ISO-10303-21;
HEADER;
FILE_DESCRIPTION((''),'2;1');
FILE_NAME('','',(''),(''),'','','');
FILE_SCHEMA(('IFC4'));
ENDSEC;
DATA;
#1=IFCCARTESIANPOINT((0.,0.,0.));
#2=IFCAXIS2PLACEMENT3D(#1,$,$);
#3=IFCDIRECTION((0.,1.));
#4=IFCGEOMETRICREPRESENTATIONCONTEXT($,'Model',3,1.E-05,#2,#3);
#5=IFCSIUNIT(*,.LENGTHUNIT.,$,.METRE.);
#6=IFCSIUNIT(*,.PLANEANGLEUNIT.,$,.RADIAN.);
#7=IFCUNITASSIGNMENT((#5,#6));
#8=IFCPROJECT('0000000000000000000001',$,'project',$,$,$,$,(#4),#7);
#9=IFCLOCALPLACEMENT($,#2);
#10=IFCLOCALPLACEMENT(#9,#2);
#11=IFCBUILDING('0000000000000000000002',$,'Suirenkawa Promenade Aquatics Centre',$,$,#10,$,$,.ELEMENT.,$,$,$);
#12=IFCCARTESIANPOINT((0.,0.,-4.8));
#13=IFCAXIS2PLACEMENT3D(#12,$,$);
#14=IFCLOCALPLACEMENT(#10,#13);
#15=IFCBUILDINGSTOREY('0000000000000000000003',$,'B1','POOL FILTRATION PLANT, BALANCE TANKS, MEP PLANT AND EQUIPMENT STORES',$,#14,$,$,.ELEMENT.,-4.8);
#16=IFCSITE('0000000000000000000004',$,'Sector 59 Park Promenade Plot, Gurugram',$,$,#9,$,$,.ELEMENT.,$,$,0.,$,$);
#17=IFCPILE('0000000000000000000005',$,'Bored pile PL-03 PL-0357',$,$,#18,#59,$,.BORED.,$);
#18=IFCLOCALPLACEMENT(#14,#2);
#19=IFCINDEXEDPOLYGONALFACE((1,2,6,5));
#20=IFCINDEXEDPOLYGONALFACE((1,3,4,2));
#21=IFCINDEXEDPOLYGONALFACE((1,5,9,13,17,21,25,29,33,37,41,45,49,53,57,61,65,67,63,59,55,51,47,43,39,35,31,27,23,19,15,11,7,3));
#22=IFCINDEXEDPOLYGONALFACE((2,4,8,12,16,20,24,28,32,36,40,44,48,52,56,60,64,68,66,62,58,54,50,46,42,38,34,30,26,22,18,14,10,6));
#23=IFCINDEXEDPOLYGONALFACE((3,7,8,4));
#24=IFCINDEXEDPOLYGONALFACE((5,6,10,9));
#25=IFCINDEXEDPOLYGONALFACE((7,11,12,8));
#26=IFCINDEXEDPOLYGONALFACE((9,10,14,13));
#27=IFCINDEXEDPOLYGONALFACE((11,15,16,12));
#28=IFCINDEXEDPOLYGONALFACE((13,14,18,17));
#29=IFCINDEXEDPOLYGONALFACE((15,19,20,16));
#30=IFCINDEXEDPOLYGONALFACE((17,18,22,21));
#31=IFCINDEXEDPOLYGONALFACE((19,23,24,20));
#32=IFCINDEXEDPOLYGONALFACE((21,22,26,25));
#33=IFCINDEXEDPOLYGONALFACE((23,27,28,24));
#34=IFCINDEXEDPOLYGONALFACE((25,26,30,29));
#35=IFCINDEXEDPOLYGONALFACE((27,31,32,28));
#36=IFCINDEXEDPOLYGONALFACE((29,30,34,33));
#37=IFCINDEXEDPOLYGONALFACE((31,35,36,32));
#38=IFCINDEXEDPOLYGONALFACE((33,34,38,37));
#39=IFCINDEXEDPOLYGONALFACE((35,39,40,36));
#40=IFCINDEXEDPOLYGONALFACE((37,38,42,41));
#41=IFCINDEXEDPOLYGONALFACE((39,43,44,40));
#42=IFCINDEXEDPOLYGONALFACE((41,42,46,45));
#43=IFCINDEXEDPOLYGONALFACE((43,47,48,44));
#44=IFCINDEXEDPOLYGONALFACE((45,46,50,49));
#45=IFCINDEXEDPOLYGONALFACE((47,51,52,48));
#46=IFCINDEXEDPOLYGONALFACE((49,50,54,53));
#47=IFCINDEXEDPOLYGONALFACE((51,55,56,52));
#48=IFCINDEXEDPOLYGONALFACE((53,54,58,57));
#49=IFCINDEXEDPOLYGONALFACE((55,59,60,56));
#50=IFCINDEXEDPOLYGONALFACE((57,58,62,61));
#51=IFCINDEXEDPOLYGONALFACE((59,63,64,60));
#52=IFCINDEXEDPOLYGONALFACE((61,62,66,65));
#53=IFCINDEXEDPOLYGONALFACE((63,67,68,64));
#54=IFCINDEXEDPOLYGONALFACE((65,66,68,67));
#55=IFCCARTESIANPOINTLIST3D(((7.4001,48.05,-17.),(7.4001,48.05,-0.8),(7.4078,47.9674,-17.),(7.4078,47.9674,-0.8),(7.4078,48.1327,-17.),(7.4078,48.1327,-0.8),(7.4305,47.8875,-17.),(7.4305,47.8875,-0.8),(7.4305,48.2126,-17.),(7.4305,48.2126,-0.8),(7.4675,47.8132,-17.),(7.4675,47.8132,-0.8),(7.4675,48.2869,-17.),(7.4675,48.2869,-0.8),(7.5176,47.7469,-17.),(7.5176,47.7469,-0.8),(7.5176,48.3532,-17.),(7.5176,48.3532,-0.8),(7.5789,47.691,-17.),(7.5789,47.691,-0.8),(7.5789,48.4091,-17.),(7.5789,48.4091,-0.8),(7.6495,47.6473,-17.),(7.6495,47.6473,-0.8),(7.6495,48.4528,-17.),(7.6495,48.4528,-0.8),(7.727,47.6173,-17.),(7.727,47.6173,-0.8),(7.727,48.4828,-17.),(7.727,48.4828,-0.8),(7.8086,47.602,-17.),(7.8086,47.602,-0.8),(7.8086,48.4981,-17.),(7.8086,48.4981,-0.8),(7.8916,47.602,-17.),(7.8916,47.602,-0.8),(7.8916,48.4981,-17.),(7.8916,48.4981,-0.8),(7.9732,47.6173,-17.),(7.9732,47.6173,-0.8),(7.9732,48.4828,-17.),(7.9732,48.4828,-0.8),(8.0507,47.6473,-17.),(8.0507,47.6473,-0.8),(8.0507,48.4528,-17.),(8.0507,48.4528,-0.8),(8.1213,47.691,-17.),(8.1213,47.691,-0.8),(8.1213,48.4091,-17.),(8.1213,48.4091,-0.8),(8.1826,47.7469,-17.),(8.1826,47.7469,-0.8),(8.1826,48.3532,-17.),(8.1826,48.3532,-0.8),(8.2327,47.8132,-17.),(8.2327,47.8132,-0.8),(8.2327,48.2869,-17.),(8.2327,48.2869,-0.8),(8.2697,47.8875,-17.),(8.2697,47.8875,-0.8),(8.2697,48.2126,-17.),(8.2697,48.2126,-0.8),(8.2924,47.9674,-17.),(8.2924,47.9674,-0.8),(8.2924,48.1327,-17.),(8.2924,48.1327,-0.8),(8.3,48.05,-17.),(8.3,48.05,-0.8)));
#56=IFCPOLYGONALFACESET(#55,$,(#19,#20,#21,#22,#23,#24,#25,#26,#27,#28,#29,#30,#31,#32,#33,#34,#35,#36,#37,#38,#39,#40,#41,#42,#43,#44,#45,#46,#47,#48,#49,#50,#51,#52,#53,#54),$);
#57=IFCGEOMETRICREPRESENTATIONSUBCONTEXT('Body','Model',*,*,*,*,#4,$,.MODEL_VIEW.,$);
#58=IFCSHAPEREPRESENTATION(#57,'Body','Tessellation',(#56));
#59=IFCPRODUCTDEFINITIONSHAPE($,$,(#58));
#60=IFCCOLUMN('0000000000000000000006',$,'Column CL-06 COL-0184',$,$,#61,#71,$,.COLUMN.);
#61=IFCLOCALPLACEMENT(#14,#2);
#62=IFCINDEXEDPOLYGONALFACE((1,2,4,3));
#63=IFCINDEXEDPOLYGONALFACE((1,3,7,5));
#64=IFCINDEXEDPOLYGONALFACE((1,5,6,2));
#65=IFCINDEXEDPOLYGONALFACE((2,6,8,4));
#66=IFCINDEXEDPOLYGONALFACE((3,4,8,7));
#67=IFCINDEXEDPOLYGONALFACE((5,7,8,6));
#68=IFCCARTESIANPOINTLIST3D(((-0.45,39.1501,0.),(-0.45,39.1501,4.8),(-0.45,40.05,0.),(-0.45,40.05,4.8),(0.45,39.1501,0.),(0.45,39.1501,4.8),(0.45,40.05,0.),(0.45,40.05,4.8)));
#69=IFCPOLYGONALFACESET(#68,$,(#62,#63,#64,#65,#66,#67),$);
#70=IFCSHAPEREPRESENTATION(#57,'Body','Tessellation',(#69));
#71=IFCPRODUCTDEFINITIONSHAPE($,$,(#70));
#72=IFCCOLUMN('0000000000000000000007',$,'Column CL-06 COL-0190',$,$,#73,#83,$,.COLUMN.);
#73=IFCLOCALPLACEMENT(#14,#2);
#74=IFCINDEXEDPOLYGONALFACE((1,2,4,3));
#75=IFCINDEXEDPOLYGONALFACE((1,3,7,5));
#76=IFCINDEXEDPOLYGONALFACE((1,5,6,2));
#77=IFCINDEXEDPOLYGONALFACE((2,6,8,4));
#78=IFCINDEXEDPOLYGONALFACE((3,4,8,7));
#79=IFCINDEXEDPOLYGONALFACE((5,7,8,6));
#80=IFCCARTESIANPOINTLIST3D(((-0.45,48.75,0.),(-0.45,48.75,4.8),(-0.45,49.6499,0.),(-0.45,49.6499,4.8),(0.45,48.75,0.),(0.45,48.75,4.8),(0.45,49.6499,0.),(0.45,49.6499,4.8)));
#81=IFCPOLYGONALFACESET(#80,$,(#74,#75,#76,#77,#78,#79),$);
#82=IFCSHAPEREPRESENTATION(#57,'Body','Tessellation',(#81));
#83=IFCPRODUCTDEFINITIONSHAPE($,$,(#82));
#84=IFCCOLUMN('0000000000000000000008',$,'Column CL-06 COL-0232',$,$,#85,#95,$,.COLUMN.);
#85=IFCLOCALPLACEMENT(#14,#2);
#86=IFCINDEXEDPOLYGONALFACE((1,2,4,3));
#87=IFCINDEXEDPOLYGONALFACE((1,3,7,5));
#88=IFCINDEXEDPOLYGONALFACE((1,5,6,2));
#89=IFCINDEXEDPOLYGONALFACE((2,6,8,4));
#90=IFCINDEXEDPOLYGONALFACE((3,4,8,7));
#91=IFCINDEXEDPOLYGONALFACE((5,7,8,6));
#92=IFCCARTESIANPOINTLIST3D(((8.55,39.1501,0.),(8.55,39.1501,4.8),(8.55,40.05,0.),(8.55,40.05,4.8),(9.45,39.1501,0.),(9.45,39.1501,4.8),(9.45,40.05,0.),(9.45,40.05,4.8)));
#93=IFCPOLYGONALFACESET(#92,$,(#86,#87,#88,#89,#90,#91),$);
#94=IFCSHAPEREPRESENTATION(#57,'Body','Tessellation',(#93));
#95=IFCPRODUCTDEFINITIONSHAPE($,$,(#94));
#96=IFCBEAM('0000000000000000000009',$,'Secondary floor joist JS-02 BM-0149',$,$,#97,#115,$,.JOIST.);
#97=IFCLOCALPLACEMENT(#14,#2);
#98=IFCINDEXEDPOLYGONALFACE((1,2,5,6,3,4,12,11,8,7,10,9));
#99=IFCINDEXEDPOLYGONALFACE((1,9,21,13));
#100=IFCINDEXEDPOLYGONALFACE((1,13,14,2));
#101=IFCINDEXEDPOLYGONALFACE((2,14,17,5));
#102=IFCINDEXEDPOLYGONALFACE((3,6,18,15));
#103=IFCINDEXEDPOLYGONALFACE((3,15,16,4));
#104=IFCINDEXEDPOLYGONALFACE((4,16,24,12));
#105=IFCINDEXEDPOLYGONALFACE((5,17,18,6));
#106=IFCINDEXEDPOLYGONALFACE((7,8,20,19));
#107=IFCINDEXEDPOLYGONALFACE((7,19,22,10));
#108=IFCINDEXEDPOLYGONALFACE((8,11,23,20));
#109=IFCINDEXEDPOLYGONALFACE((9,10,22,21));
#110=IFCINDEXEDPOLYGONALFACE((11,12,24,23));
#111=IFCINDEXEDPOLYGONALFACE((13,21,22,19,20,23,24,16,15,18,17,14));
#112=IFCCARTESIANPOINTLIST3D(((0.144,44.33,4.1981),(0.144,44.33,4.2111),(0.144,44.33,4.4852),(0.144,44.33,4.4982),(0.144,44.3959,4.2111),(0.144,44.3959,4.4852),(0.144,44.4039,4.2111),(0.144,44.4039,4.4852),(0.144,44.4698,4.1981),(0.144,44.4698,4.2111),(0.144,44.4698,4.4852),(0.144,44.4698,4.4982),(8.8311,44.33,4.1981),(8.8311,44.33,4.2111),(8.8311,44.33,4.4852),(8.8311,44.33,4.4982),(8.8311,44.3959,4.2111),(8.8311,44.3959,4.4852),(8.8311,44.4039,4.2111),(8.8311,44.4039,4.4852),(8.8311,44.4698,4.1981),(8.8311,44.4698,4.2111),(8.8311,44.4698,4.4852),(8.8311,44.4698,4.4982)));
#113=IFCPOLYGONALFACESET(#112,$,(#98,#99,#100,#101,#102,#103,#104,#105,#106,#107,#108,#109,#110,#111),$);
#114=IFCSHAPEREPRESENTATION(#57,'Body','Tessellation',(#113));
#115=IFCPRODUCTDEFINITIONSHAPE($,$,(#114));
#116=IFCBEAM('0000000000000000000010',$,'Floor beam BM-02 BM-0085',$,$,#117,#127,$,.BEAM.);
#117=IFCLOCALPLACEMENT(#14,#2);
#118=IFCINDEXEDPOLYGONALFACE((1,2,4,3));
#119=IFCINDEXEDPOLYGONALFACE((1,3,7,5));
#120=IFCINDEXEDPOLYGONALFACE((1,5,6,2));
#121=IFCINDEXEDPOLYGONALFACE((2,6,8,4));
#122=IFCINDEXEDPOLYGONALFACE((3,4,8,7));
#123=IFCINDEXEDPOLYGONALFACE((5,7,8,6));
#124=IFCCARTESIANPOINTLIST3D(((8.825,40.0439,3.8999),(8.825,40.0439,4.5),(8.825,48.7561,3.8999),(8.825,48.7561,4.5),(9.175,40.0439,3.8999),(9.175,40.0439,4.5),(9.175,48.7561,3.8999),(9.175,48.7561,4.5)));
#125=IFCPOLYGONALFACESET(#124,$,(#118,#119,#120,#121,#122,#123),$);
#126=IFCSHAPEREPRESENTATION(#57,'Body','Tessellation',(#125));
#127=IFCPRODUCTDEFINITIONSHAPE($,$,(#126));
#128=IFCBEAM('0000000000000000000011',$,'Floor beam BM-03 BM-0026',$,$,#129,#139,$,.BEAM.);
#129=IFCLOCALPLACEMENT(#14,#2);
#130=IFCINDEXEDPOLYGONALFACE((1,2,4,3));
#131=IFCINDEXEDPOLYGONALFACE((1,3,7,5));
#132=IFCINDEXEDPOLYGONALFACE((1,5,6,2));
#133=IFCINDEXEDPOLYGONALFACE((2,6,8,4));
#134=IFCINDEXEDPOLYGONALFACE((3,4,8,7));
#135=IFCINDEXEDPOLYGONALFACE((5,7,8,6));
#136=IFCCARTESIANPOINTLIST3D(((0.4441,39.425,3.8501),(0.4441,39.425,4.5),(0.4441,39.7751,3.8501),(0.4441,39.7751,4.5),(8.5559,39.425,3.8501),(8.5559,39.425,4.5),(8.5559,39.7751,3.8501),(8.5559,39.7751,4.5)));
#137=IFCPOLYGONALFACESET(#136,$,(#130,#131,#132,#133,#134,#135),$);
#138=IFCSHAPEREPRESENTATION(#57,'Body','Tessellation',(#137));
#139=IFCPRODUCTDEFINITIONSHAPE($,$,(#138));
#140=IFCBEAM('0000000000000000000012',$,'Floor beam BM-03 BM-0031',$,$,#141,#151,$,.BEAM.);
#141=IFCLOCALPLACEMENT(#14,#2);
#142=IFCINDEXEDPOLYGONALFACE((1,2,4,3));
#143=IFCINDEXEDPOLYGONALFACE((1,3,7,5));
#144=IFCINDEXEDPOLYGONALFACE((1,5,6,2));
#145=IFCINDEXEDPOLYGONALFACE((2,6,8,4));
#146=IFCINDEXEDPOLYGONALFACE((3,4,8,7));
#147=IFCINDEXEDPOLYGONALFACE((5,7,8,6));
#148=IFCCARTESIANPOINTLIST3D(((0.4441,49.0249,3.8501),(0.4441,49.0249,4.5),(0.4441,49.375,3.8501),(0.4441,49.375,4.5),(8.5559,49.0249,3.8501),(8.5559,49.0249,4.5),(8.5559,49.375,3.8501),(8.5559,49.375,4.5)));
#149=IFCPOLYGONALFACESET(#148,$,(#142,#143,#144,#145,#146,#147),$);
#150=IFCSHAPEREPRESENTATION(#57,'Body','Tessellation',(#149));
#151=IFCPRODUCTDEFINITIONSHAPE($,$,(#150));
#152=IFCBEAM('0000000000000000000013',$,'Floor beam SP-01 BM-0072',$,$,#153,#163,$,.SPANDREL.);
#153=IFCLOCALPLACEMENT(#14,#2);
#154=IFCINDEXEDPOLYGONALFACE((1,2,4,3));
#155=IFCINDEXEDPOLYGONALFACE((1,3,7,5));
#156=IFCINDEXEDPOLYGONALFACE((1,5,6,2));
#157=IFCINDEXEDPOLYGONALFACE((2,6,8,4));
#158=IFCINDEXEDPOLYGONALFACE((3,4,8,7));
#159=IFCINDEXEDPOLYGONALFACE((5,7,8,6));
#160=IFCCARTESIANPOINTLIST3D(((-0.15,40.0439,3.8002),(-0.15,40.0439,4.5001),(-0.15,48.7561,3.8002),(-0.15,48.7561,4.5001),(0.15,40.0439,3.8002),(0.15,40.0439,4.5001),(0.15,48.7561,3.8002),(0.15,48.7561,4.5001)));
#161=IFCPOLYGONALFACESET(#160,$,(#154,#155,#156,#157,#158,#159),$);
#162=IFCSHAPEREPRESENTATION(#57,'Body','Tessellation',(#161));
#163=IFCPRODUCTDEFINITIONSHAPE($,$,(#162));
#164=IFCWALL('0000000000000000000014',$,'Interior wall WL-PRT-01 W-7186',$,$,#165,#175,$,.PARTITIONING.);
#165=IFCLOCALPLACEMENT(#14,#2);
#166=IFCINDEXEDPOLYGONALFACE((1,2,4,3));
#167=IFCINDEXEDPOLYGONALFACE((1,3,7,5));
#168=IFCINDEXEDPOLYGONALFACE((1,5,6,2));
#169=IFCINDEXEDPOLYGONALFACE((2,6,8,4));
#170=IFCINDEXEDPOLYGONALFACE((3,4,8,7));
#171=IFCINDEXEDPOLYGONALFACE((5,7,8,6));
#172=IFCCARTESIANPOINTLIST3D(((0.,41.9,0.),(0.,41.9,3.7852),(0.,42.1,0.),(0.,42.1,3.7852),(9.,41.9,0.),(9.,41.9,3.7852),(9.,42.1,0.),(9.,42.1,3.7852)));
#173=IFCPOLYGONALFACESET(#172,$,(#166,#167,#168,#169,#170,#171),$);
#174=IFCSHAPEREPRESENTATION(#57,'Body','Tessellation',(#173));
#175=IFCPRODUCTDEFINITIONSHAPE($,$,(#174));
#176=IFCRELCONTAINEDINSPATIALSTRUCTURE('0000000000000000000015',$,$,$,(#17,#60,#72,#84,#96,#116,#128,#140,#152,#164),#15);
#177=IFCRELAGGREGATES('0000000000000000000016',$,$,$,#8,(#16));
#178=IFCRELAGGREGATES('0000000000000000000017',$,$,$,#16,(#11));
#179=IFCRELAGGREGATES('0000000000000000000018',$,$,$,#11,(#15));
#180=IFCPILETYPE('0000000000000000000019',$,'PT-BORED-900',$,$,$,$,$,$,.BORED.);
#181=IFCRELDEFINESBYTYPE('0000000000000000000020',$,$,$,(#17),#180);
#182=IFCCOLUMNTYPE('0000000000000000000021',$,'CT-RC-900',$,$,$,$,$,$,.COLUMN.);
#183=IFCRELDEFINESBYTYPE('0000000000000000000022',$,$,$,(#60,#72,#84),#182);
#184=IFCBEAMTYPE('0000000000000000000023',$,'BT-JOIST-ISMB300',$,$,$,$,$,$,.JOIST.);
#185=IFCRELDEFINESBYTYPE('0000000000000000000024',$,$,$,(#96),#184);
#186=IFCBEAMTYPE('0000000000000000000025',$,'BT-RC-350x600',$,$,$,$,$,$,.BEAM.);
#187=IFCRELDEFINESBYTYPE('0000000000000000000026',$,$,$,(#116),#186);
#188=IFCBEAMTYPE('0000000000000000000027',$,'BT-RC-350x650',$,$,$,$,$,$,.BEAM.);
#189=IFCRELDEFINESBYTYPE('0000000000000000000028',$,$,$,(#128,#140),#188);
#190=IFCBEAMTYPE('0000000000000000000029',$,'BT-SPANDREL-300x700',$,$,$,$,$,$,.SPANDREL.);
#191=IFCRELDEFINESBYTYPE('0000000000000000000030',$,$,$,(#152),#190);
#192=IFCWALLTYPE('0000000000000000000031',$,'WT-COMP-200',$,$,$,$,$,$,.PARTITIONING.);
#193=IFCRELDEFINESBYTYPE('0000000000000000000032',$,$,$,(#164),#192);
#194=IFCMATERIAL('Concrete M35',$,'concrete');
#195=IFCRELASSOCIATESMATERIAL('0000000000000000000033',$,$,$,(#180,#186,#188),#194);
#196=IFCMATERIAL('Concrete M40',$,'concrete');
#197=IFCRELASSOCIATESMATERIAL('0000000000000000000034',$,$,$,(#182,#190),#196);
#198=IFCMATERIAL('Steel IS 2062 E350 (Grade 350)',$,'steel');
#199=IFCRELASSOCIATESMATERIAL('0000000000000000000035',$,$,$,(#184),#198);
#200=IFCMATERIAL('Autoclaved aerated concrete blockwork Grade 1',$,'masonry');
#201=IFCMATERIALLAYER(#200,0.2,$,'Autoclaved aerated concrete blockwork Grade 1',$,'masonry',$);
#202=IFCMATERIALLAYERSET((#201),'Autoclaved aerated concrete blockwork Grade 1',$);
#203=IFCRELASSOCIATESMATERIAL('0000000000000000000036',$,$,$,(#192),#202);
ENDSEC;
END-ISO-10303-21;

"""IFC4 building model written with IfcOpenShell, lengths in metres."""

from ifc_helpers import new_model, si_unit, direction, frame, frame_2d, origin, origin_2d, place, context, subcontext, project, spatial, rectangle, circle, i_section, extrude, material, layer, layer_set, material_profile, profile_set, type_object, element, save


model = new_model("IFC4")

# Units and contexts
model_context = context("Model", 3, precision=1e-05, world=origin(), true_north=direction((0.0, 1.0)))
body_context = subcontext(model_context, "Body", "Model", "MODEL_VIEW")
ifc_project = project(units=[si_unit("LENGTHUNIT", "METRE"), si_unit("PLANEANGLEUNIT", "RADIAN")], contexts=[model_context])

# Site, building, storey
site_placement = place(None, origin())
site = spatial("IfcSite", under=ifc_project, at=site_placement, Name="Sector 59 Park Promenade Plot, Gurugram", CompositionType="ELEMENT", RefElevation=0.0)
building_placement = place(site_placement, origin())
building = spatial("IfcBuilding", under=site, at=building_placement, Name="Suirenkawa Promenade Aquatics Centre", CompositionType="ELEMENT")
storey_placement = place(building_placement, frame((0.0, 0.0, -4.8)))
storey = spatial("IfcBuildingStorey", under=building, at=storey_placement, Name="B1", Description="POOL FILTRATION PLANT, BALANCE TANKS, MEP PLANT AND EQUIPMENT STORES", CompositionType="ELEMENT", Elevation=-4.8)

# Shared definitions
ifc_material_1 = material(Name="Concrete M35", Category="concrete")

# Pile
ifc_material_profile_1 = material_profile(ifc_material_1, circle(Radius=0.45, at=origin_2d()), Name="PILE D900", Category="concrete")
ifc_profile_set_1 = profile_set([ifc_material_profile_1], Name="Concrete M35")
pile_type = type_object("IfcPileType", Name="PT-BORED-900", PredefinedType="BORED", material=ifc_profile_set_1)
for number, where, z_axis, x_axis, name in (
    (1, (7.8501, 48.05, -0.8), (0.0, 0.0, -1.0), (1.0, 0.0, 0.0), "Bored pile PL-03 PL-0357"),
):
    element("IfcPile", number, at=place(storey_placement, frame(where, z_axis=z_axis, x_axis=x_axis)), inside=storey, type_object=pile_type, Name=name, PredefinedType="BORED", context=body_context, shape_type="SweptSolid", body=[
        extrude(circle(Radius=0.45, at=origin_2d()), origin(), (0.0, 0.0, 1.0), 16.2),
    ])

# Columns
ifc_material_2 = material(Name="Concrete M40", Category="concrete")
ifc_material_profile_2 = material_profile(ifc_material_2, rectangle(XDim=0.8999, YDim=0.8999, at=origin_2d()), Name="RC COL 900x900", Category="concrete")
ifc_profile_set_2 = profile_set([ifc_material_profile_2], Name="Concrete M40")
column_type = type_object("IfcColumnType", Name="CT-RC-900", PredefinedType="COLUMN", material=ifc_profile_set_2)
for number, where, z_axis, x_axis, name in (
    (2, (0.0, 39.6001, 0.0), (0.0, 0.0, 1.0), (1.0, 0.0, 0.0), "Column CL-06 COL-0184"),
    (3, (0.0, 49.2, 0.0), (0.0, 0.0, 1.0), (1.0, 0.0, 0.0), "Column CL-06 COL-0190"),
    (4, (9.0, 39.6001, 0.0), (0.0, 0.0, 1.0), (1.0, 0.0, 0.0), "Column CL-06 COL-0232"),
):
    element("IfcColumn", number, at=place(storey_placement, frame(where, z_axis=z_axis, x_axis=x_axis)), inside=storey, type_object=column_type, Name=name, PredefinedType="COLUMN", context=body_context, shape_type="SweptSolid", body=[
        extrude(rectangle(XDim=0.8999, YDim=0.8999, at=origin_2d()), origin(), (0.0, 0.0, 1.0), 4.8),
    ])

# Beams
ifc_material_3 = material(Name="Steel IS 2062 E350 (Grade 350)", Category="steel")
ifc_material_profile_3 = material_profile(ifc_material_3, i_section(OverallWidth=0.1399, OverallDepth=0.3, WebThickness=0.0081, FlangeThickness=0.0129, at=origin_2d()), Name="ISMB 300", Category="steel")
ifc_profile_set_3 = profile_set([ifc_material_profile_3], Name="Steel IS 2062 E350 (Grade 350)")
beam_type_1 = type_object("IfcBeamType", Name="BT-JOIST-ISMB300", PredefinedType="JOIST", material=ifc_profile_set_3)
beam_1_placement = place(storey_placement, frame((0.144, 44.3999, 4.3481), z_axis=(1.0, 0.0, 0.0), x_axis=(0.0, 1.0, 0.0)))
element("IfcBeam", 5, at=beam_1_placement, inside=storey, type_object=beam_type_1, Name="Secondary floor joist JS-02 BM-0149", PredefinedType="JOIST", context=body_context, shape_type="SweptSolid", body=[
    extrude(i_section(OverallWidth=0.1399, OverallDepth=0.3, WebThickness=0.0081, FlangeThickness=0.0129, at=origin_2d()), origin(), (0.0, 0.0, 1.0), 8.687),
])
ifc_material_profile_4 = material_profile(ifc_material_1, rectangle(XDim=0.3501, YDim=0.6001, at=origin_2d()), Name="RC BM 350x600", Category="concrete")
ifc_profile_set_4 = profile_set([ifc_material_profile_4], Name="Concrete M35")
beam_type_2 = type_object("IfcBeamType", Name="BT-RC-350x600", PredefinedType="BEAM", material=ifc_profile_set_4)
beam_2_placement = place(storey_placement, frame((9.0, 40.0439, 4.2), z_axis=(0.0, 1.0, 0.0), x_axis=(-1.0, 0.0, 0.0)))
element("IfcBeam", 6, at=beam_2_placement, inside=storey, type_object=beam_type_2, Name="Floor beam BM-02 BM-0085", PredefinedType="BEAM", context=body_context, shape_type="SweptSolid", body=[
    extrude(rectangle(XDim=0.3501, YDim=0.6001, at=origin_2d()), origin(), (0.0, 0.0, 1.0), 8.7122),
])
ifc_material_profile_5 = material_profile(ifc_material_1, rectangle(XDim=0.3501, YDim=0.6499, at=origin_2d()), Name="RC BM 350x650", Category="concrete")
ifc_profile_set_5 = profile_set([ifc_material_profile_5], Name="Concrete M35")
beam_type_3 = type_object("IfcBeamType", Name="BT-RC-350x650", PredefinedType="BEAM", material=ifc_profile_set_5)
for number, where, z_axis, x_axis, name in (
    (7, (0.4441, 39.6001, 4.175), (1.0, 0.0, 0.0), (0.0, 1.0, 0.0), "Floor beam BM-03 BM-0026"),
    (8, (0.4441, 49.2, 4.175), (1.0, 0.0, 0.0), (0.0, 1.0, 0.0), "Floor beam BM-03 BM-0031"),
):
    element("IfcBeam", number, at=place(storey_placement, frame(where, z_axis=z_axis, x_axis=x_axis)), inside=storey, type_object=beam_type_3, Name=name, PredefinedType="BEAM", context=body_context, shape_type="SweptSolid", body=[
        extrude(rectangle(XDim=0.3501, YDim=0.6499, at=origin_2d()), origin(), (0.0, 0.0, 1.0), 8.1118),
    ])
ifc_material_profile_6 = material_profile(ifc_material_2, rectangle(XDim=0.3, YDim=0.7, at=origin_2d()), Name="RC SPANDREL 300x700", Category="concrete")
ifc_profile_set_6 = profile_set([ifc_material_profile_6], Name="Concrete M40")
beam_type_4 = type_object("IfcBeamType", Name="BT-SPANDREL-300x700", PredefinedType="SPANDREL", material=ifc_profile_set_6)
beam_3_placement = place(storey_placement, frame((0.0, 40.0439, 4.1501), z_axis=(0.0, 1.0, 0.0), x_axis=(-1.0, 0.0, 0.0)))
element("IfcBeam", 9, at=beam_3_placement, inside=storey, type_object=beam_type_4, Name="Floor beam SP-01 BM-0072", PredefinedType="SPANDREL", context=body_context, shape_type="SweptSolid", body=[
    extrude(rectangle(XDim=0.3, YDim=0.7, at=origin_2d()), origin(), (0.0, 0.0, 1.0), 8.7122),
])

# Wall
ifc_material_4 = material(Name="Autoclaved aerated concrete blockwork Grade 1", Category="masonry")
ifc_layer = layer(ifc_material_4, 0.2, Name="Autoclaved aerated concrete blockwork Grade 1", Category="masonry")
ifc_layer_set = layer_set([ifc_layer], Name="Autoclaved aerated concrete blockwork Grade 1")
wall_type = type_object("IfcWallType", Name="WT-COMP-200", PredefinedType="PARTITIONING", material=ifc_layer_set)
wall_placement = place(storey_placement, frame((0.0, 42.0, 0.0), z_axis=(0.0, 0.0, 1.0), x_axis=(1.0, 0.0, 0.0)))
element("IfcWall", 10, at=wall_placement, inside=storey, type_object=wall_type, Name="Interior wall WL-PRT-01 W-7186", PredefinedType="PARTITIONING", context=body_context, shape_type="SweptSolid", body=[
    extrude(rectangle(XDim=9.0, YDim=0.2, at=frame_2d((4.5, 0.0))), origin(), (0.0, 0.0, 1.0), 3.7852),
])

save(model, "model.ifc")
